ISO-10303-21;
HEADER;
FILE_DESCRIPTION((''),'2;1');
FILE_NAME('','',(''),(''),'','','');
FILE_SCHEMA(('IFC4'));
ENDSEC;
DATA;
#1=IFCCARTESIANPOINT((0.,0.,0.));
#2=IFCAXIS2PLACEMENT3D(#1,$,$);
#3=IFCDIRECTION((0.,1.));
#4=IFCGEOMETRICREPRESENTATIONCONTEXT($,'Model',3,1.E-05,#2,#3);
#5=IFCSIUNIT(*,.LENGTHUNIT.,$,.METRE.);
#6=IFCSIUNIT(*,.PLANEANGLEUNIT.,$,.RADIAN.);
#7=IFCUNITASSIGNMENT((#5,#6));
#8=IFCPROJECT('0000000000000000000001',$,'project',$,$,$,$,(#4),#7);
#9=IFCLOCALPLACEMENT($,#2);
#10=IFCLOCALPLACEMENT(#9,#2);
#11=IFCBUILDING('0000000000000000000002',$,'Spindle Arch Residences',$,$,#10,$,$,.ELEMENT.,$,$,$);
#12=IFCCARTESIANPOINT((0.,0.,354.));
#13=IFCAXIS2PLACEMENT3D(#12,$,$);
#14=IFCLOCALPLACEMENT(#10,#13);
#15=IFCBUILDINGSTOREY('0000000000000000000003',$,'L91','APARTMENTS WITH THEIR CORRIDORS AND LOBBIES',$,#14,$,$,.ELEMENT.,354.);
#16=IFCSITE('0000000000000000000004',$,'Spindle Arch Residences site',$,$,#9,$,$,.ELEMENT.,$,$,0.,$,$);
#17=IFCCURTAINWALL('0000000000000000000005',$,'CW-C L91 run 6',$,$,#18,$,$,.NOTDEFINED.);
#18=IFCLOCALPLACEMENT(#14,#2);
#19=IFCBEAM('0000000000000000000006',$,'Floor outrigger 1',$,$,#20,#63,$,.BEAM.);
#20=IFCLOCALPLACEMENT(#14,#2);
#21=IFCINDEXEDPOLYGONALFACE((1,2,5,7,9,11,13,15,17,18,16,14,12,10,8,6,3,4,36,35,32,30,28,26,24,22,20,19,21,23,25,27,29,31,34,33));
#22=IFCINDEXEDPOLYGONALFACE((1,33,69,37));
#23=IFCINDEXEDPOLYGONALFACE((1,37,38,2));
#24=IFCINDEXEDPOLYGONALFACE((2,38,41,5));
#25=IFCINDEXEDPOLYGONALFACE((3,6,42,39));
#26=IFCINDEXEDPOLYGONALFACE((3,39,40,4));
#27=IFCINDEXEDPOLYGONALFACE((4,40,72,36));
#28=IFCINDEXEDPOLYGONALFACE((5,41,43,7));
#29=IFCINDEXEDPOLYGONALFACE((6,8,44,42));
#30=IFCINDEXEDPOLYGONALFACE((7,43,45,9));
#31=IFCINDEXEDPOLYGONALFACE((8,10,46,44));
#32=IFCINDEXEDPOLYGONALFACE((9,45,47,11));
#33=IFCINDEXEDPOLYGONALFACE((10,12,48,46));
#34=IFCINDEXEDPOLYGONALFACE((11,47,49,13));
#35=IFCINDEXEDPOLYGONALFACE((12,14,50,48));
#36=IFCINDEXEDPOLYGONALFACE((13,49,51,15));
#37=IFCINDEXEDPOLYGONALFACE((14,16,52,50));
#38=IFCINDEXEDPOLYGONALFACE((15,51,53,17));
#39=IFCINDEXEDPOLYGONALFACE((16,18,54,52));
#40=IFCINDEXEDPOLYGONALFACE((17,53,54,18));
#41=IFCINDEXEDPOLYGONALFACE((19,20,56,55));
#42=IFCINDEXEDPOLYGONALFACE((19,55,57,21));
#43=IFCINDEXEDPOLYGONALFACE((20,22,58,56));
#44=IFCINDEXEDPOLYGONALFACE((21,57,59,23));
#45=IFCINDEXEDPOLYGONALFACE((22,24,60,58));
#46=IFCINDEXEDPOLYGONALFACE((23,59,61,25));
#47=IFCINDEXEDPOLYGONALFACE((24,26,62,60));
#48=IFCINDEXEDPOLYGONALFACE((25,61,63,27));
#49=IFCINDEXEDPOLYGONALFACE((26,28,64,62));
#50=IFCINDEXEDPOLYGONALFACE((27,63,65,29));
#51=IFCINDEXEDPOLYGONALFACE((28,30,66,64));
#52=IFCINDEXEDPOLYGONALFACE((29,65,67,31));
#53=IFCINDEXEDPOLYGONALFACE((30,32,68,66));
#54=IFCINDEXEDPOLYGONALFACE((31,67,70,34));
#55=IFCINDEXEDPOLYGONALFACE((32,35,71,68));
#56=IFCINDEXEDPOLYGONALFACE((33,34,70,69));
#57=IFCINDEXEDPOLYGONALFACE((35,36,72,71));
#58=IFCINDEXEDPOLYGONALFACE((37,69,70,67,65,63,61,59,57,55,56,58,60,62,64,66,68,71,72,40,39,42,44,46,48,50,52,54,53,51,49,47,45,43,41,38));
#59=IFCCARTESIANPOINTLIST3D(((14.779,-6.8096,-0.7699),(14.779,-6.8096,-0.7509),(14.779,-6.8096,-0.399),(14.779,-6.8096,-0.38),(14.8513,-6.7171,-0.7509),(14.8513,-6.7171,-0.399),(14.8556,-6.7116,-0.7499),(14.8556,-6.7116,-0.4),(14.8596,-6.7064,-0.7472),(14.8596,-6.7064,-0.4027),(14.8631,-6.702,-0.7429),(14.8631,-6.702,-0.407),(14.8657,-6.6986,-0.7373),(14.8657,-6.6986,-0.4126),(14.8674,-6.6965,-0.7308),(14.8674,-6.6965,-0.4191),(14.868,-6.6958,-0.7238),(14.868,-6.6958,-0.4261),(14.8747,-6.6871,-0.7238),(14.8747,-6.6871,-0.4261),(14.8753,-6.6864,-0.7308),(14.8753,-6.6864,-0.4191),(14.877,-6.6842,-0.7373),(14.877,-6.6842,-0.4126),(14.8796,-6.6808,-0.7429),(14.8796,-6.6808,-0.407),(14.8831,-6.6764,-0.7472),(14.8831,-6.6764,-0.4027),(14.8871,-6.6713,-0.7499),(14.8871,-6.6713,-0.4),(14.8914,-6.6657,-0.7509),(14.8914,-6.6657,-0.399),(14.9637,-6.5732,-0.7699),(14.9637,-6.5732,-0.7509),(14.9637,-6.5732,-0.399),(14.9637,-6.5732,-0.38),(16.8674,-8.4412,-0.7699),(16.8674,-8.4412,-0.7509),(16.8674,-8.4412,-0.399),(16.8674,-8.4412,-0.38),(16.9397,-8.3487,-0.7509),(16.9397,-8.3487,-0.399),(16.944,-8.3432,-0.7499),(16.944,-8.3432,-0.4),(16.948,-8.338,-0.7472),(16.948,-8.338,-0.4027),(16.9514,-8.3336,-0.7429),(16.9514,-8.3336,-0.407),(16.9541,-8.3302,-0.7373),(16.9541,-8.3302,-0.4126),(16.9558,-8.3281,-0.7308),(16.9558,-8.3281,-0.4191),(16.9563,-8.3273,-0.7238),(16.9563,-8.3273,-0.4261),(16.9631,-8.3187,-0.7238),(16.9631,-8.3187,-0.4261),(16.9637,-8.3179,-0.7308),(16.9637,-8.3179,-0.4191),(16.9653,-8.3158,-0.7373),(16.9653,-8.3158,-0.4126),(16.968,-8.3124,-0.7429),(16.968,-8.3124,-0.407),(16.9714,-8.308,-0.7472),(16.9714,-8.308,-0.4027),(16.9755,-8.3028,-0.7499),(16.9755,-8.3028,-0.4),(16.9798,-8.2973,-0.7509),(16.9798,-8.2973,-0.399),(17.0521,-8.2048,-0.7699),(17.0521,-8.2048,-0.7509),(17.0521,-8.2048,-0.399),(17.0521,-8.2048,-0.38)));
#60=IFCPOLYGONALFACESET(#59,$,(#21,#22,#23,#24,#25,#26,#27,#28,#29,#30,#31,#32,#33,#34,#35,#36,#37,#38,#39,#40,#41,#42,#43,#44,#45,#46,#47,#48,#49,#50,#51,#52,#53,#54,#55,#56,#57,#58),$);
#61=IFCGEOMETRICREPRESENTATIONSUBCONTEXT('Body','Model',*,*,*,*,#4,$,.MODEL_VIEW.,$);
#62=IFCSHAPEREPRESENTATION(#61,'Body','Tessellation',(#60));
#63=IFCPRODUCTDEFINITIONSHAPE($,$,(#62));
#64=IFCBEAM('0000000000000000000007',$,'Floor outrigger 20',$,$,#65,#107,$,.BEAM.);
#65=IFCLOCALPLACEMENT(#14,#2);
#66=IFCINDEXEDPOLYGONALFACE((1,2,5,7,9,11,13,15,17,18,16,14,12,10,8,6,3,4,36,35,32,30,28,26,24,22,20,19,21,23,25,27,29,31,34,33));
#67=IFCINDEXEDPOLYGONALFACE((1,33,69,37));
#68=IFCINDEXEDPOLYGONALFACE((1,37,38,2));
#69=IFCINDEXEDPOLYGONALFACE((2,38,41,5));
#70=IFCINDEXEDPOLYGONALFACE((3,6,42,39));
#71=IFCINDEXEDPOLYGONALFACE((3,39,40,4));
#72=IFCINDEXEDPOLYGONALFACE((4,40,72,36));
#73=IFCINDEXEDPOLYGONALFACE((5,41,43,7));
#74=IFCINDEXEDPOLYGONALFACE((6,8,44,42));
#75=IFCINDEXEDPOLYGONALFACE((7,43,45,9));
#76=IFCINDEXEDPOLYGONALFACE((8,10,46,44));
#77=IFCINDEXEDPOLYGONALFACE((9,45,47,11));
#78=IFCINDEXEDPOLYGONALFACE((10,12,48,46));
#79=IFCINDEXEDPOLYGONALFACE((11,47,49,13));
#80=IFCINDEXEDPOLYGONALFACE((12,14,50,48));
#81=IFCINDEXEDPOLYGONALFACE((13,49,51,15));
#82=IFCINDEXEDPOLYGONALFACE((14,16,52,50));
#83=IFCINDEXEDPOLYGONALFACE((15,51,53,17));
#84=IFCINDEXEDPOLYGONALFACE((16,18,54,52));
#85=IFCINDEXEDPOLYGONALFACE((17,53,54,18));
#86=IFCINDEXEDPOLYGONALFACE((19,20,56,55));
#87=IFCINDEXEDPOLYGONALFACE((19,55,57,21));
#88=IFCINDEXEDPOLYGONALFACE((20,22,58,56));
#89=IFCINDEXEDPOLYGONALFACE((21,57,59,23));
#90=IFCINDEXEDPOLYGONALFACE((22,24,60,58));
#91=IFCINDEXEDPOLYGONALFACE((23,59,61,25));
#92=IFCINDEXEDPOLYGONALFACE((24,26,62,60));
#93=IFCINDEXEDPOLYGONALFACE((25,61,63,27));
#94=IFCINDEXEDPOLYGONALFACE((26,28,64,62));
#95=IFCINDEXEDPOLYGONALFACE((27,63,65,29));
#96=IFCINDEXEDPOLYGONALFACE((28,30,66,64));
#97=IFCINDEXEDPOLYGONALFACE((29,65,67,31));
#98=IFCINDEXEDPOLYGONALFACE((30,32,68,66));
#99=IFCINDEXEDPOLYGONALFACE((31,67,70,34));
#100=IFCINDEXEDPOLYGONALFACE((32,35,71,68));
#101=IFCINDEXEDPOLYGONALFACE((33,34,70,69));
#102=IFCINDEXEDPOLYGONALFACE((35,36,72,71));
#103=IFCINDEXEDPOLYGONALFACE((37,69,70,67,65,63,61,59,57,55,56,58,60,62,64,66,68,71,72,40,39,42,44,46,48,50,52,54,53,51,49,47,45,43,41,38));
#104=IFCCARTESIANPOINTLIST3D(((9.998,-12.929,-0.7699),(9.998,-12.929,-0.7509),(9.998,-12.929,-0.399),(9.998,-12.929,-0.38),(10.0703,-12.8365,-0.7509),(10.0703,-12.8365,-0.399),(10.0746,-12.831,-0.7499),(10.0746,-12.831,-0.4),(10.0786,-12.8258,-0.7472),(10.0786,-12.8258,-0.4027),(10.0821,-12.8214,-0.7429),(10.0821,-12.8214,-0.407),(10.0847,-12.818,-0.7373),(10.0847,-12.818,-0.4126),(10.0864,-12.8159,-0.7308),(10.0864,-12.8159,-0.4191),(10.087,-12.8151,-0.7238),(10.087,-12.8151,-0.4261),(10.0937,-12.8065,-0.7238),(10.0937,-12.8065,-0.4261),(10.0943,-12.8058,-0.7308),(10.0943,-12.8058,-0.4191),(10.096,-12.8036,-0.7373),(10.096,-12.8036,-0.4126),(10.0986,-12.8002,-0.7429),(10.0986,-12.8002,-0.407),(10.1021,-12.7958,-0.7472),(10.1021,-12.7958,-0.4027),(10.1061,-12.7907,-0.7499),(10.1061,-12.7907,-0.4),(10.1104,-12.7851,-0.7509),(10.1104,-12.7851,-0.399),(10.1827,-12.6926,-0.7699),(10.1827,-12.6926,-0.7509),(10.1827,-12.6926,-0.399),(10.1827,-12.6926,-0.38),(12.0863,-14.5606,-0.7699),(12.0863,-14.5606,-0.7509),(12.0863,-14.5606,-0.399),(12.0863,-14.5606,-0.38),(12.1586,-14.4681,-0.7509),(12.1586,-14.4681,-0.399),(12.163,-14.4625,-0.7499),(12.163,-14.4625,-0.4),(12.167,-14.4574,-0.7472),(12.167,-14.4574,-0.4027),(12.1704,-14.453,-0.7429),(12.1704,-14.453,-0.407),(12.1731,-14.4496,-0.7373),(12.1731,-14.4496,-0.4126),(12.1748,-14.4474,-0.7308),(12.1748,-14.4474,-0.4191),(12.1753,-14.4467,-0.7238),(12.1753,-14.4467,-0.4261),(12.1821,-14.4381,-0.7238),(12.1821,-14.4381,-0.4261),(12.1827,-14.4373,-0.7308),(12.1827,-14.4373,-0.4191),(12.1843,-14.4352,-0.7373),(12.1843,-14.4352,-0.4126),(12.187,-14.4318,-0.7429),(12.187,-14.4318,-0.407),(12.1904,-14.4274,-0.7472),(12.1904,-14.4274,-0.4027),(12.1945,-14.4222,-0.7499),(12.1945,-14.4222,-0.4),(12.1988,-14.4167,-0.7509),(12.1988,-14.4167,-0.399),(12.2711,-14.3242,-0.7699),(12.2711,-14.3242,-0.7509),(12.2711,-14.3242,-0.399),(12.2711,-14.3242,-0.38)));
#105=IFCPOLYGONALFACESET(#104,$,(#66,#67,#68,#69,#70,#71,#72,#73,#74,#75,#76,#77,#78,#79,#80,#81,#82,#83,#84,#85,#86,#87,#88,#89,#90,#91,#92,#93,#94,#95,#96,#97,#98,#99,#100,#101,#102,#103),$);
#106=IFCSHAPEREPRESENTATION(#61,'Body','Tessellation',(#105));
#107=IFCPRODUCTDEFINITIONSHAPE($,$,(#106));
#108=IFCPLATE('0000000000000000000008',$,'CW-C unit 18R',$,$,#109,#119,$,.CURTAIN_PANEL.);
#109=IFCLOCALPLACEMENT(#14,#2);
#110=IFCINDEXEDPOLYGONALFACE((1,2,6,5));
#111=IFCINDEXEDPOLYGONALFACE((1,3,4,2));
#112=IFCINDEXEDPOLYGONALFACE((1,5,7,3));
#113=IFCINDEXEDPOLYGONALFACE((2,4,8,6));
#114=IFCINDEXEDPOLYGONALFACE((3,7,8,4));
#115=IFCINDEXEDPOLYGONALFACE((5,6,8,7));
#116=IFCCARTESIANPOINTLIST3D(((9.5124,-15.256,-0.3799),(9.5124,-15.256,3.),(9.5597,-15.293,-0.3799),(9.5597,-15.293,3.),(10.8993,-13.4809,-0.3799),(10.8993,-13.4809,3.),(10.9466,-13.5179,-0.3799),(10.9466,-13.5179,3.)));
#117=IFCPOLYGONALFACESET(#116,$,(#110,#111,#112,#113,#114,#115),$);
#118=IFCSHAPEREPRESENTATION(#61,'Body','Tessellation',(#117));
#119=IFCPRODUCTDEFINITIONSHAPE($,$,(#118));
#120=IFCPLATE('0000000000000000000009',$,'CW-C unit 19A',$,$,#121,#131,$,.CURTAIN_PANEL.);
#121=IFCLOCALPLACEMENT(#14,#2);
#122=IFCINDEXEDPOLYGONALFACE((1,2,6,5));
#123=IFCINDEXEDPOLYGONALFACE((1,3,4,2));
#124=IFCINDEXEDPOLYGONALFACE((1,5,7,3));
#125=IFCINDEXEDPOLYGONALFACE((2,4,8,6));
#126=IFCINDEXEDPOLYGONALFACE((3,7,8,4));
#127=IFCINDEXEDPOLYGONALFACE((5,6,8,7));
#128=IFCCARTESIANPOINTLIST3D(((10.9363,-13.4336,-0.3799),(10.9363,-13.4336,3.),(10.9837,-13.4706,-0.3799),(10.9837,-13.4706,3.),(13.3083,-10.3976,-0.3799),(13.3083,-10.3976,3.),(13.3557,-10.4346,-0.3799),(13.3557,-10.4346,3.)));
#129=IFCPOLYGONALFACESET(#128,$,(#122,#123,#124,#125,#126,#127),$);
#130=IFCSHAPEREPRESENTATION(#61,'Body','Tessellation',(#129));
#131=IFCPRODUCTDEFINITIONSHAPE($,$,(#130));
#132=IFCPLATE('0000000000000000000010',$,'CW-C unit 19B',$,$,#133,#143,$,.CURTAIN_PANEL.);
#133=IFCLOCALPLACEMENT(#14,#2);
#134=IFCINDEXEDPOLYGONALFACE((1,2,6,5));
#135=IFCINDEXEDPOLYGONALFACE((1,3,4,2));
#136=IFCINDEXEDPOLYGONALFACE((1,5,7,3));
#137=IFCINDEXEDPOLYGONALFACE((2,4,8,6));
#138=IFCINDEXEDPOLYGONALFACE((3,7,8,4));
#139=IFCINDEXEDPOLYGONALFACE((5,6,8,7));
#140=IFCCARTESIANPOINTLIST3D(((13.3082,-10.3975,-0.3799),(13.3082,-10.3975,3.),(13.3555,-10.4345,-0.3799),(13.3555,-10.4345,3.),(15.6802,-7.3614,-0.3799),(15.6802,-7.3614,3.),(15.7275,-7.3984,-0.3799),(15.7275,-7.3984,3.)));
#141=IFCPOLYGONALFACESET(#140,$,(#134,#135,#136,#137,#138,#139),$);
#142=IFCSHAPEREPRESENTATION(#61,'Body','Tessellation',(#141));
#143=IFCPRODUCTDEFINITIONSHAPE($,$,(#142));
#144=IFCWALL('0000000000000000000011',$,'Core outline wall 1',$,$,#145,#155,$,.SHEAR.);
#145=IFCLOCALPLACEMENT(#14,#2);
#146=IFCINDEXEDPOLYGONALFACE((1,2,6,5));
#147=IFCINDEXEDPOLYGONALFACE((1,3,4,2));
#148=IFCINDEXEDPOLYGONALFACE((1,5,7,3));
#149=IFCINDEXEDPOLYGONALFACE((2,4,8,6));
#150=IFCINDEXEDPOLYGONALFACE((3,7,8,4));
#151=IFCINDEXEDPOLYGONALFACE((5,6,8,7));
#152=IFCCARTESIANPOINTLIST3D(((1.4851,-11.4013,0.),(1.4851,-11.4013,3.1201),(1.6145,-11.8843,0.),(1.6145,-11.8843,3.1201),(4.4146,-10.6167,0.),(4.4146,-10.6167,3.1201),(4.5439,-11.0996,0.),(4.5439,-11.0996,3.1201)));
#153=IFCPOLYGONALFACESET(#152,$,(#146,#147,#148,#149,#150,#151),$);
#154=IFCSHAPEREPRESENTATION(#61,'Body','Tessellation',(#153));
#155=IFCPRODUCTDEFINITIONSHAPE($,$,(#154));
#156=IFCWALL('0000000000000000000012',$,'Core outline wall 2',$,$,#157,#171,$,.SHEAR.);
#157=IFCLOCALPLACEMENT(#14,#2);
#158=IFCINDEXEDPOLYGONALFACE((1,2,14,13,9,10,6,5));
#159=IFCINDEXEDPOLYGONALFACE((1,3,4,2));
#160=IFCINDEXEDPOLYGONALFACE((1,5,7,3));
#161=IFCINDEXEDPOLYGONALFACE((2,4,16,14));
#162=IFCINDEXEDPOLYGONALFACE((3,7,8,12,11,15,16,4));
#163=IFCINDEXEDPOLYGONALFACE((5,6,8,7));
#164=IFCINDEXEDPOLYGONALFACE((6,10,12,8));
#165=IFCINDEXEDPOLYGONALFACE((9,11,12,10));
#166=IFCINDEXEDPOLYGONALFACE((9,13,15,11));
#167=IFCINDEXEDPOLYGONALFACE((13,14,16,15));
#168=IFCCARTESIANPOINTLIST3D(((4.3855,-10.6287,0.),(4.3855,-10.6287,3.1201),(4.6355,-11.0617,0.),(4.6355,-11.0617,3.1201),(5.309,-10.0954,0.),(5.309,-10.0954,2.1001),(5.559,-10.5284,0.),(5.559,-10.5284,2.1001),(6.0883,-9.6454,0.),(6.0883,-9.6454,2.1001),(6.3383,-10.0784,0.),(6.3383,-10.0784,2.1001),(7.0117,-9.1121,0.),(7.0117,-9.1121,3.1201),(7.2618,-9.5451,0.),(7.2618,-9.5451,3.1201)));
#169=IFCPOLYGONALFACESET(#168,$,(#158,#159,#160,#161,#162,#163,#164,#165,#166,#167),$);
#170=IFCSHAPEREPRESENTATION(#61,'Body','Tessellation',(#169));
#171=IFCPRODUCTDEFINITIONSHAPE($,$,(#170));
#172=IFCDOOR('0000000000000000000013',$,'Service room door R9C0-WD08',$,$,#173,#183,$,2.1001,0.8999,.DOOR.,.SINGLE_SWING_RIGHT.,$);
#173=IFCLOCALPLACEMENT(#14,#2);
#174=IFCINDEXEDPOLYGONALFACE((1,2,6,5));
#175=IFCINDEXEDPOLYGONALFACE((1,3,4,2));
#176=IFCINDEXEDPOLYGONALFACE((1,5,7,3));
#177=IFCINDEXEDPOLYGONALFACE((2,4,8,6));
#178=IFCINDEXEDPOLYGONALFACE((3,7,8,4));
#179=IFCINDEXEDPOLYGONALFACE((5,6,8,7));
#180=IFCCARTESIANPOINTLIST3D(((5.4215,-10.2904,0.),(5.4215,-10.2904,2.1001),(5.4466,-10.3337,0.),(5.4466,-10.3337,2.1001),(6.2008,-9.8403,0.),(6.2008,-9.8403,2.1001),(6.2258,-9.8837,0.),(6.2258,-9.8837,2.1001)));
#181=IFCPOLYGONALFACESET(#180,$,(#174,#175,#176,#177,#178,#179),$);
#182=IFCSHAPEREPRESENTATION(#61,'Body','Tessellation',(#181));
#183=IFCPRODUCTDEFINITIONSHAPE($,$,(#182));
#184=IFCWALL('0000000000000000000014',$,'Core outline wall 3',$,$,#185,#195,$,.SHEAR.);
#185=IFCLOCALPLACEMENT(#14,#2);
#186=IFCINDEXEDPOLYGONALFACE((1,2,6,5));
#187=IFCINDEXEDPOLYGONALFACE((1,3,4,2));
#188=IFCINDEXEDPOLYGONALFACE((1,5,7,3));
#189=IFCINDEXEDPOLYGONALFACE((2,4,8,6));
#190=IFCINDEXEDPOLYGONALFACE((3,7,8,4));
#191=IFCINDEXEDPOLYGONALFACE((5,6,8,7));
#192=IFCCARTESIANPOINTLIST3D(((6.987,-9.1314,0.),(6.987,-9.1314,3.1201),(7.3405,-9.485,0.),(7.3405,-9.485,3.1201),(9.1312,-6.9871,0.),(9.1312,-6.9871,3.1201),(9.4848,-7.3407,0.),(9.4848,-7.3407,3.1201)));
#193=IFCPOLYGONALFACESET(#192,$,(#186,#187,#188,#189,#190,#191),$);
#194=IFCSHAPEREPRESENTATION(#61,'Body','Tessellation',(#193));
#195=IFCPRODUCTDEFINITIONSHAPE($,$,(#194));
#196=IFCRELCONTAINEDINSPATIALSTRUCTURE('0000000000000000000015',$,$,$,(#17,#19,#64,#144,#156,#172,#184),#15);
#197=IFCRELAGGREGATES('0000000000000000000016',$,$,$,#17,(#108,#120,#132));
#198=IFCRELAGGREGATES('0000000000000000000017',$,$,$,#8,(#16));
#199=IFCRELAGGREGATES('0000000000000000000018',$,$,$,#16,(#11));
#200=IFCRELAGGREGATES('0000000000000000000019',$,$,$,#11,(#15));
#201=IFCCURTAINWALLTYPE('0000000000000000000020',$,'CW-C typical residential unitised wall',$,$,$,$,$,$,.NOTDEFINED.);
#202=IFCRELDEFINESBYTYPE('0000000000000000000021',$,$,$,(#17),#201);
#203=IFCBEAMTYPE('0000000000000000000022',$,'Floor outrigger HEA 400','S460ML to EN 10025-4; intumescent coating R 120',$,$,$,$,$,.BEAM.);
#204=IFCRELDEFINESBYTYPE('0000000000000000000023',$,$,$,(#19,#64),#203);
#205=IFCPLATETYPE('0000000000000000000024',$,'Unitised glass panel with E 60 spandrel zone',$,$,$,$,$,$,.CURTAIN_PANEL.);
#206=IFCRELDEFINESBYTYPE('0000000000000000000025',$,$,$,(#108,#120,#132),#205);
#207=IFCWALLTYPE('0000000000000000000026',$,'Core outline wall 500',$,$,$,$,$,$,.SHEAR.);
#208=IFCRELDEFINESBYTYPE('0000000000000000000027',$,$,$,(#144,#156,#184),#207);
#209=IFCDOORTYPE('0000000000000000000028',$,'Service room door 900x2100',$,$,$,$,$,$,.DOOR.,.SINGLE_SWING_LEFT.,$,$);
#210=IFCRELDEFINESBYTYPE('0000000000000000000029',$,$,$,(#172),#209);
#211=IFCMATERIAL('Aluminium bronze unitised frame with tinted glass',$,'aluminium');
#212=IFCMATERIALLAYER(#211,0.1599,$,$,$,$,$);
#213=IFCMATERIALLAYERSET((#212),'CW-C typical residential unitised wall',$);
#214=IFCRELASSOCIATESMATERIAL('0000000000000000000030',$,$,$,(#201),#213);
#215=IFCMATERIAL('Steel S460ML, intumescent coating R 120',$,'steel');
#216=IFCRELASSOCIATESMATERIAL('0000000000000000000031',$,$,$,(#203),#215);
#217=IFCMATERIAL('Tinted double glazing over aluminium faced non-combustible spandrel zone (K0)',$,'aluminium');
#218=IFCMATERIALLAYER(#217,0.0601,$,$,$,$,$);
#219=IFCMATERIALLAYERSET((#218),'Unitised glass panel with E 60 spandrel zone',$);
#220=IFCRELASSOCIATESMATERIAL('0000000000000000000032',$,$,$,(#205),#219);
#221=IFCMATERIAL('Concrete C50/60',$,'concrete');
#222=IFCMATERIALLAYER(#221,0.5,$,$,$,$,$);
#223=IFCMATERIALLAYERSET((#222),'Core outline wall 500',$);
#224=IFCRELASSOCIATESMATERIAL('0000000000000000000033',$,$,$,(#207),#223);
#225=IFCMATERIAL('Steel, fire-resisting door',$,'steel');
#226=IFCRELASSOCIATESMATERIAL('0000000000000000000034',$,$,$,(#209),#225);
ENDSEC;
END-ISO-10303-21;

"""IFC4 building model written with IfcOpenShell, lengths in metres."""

from ifc_helpers import new_model, si_unit, direction, frame, frame_2d, origin, origin_2d, place, context, subcontext, project, spatial, rectangle, i_section, extrude, material, layer, layer_set, material_profile, profile_set, type_object, element, fill, aggregate, save


model = new_model("IFC4")

# Units and contexts
model_context = context("Model", 3, precision=1e-05, world=origin(), true_north=direction((0.0, 1.0)))
body_context = subcontext(model_context, "Body", "Model", "MODEL_VIEW")
ifc_project = project(units=[si_unit("LENGTHUNIT", "METRE"), si_unit("PLANEANGLEUNIT", "RADIAN")], contexts=[model_context])

# Site, building, storey
site_placement = place(None, origin())
site = spatial("IfcSite", under=ifc_project, at=site_placement, Name="Spindle Arch Residences site", CompositionType="ELEMENT", RefElevation=0.0)
building_placement = place(site_placement, origin())
building = spatial("IfcBuilding", under=site, at=building_placement, Name="Spindle Arch Residences", CompositionType="ELEMENT")
storey_placement = place(building_placement, frame((0.0, 0.0, 354.0)))
storey = spatial("IfcBuildingStorey", under=building, at=storey_placement, Name="L91", Description="APARTMENTS WITH THEIR CORRIDORS AND LOBBIES", CompositionType="ELEMENT", Elevation=354.0)

# Curtain wall
ifc_material_1 = material(Name="Aluminium bronze unitised frame with tinted glass", Category="aluminium")
ifc_layer_1 = layer(ifc_material_1, 0.1599)
ifc_layer_set_1 = layer_set([ifc_layer_1], Name="CW-C typical residential unitised wall")
curtain_wall_type = type_object("IfcCurtainWallType", Name="CW-C typical residential unitised wall", PredefinedType="NOTDEFINED", material=ifc_layer_set_1)
curtain_wall_placement = place(storey_placement, origin())
curtain_wall = element("IfcCurtainWall", 1, at=curtain_wall_placement, inside=storey, type_object=curtain_wall_type, Name="CW-C L91 run 6", PredefinedType="NOTDEFINED")

# Beams
ifc_material_2 = material(Name="Steel S460ML, intumescent coating R 120", Category="steel")
ifc_material_profile_1 = material_profile(ifc_material_2, i_section(OverallWidth=0.3, OverallDepth=0.3899, WebThickness=0.011, FlangeThickness=0.019, FilletRadius=0.0271, at=origin_2d()), Name="HEA 400")
ifc_profile_set_1 = profile_set([ifc_material_profile_1], Name="Steel S460ML, intumescent coating R 120")
beam_type_1 = type_object("IfcBeamType", Name="Floor outrigger HEA 400", Description="S460ML to EN 10025-4; intumescent coating R 120", PredefinedType="BEAM", material=ifc_profile_set_1)
for number, where, z_axis, x_axis, name in (
    (2, (16.9597, -8.323, -0.575), (-0.788016, 0.615655, 0.0), (-0.615655, -0.788016, 0.0), "Floor outrigger 1"),
    (3, (12.1787, -14.4424, -0.575), (-0.788016, 0.615655, 0.0), (-0.615655, -0.788016, 0.0), "Floor outrigger 20"),
):
    element("IfcBeam", number, at=place(storey_placement, frame(where, z_axis=z_axis, x_axis=x_axis)), inside=storey, type_object=beam_type_1, Name=name, PredefinedType="BEAM", context=body_context, shape_type="SweptSolid", body=[
        extrude(i_section(OverallWidth=0.3, OverallDepth=0.3899, WebThickness=0.011, FlangeThickness=0.019, FilletRadius=0.0271, at=origin_2d()), origin(), (0.0, 0.0, 1.0), 2.6501),
    ])

# Plates
ifc_material_3 = material(Name="Tinted double glazing over aluminium faced non-combustible spandrel zone (K0)", Category="aluminium")
ifc_layer_2 = layer(ifc_material_3, 0.0601)
ifc_layer_set_2 = layer_set([ifc_layer_2], Name="Unitised glass panel with E 60 spandrel zone")
plate_type = type_object("IfcPlateType", Name="Unitised glass panel with E 60 spandrel zone", PredefinedType="CURTAIN_PANEL", material=ifc_layer_set_2)
plate_1_placement = place(storey_placement, frame((10.2295, -14.387, -0.3799), z_axis=(0.0, 0.0, 1.0), x_axis=(0.615661, 0.788011, 0.0)))
plate_1 = element("IfcPlate", 4, at=plate_1_placement, type_object=plate_type, Name="CW-C unit 18R", PredefinedType="CURTAIN_PANEL", context=body_context, shape_type="SweptSolid", body=[
    extrude(rectangle(XDim=2.2527, YDim=0.0601, at=origin_2d()), origin(), (0.0, 0.0, 1.0), 3.3799),
])
plate_2_placement = place(storey_placement, frame((12.146, -11.9341, -0.3799), z_axis=(0.0, 0.0, 1.0), x_axis=(0.615661, 0.788011, 0.0)))
plate_2 = element("IfcPlate", 5, at=plate_2_placement, type_object=plate_type, Name="CW-C unit 19A", PredefinedType="CURTAIN_PANEL", context=body_context, shape_type="SweptSolid", body=[
    extrude(rectangle(XDim=3.8528, YDim=0.0601, at=origin_2d()), origin(), (0.0, 0.0, 1.0), 3.3799),
])
plate_3_placement = place(storey_placement, frame((14.5178, -8.8979, -0.3799), z_axis=(0.0, 0.0, 1.0), x_axis=(0.615661, 0.788011, 0.0)))
plate_3 = element("IfcPlate", 6, at=plate_3_placement, type_object=plate_type, Name="CW-C unit 19B", PredefinedType="CURTAIN_PANEL", context=body_context, shape_type="SweptSolid", body=[
    extrude(rectangle(XDim=3.8528, YDim=0.0601, at=origin_2d()), origin(), (0.0, 0.0, 1.0), 3.3799),
])
aggregate(curtain_wall, [plate_1, plate_2, plate_3])

# Wall
ifc_material_4 = material(Name="Concrete C50/60", Category="concrete")
ifc_layer_3 = layer(ifc_material_4, 0.5)
ifc_layer_set_3 = layer_set([ifc_layer_3], Name="Core outline wall 500")
wall_type_1 = type_object("IfcWallType", Name="Core outline wall 500", PredefinedType="SHEAR", material=ifc_layer_set_3)
wall_1_placement = place(storey_placement, frame((1.5498, -11.6428, 0.0), z_axis=(0.0, 0.0, 1.0), x_axis=(0.965948, 0.258735, 0.0)))
element("IfcWall", 7, at=wall_1_placement, inside=storey, type_object=wall_type_1, Name="Core outline wall 1", PredefinedType="SHEAR", context=body_context, shape_type="SweptSolid", body=[
    extrude(rectangle(XDim=3.0327, YDim=0.5, at=frame_2d((1.5164, 0.0))), origin(), (0.0, 0.0, 1.0), 3.1201),
])

# Wall, opening, door
wall_2_placement = place(storey_placement, frame((4.5105, -10.8452, 0.0), z_axis=(0.0, 0.0, 1.0), x_axis=(0.865975, 0.500087, 0.0)))
wall_2 = element("IfcWall", 8, at=wall_2_placement, inside=storey, type_object=wall_type_1, Name="Core outline wall 2", PredefinedType="SHEAR", context=body_context, shape_type="SweptSolid", body=[
    extrude(rectangle(XDim=3.0327, YDim=0.5, at=frame_2d((1.5164, 0.0))), origin(), (0.0, 0.0, 1.0), 3.1201),
])
opening_1_placement = place(wall_2_placement, frame((1.0664, 0.0, 0.0)))
opening_1 = element("IfcOpeningElement", 9, at=opening_1_placement, cuts=wall_2, PredefinedType="OPENING", context=body_context, shape_type="SweptSolid", body=[
    extrude(rectangle(XDim=0.8999, YDim=2.1001, at=frame_2d((0.45, 1.05))), frame((0.0, 0.26, 0.0), z_axis=(0.0, -1.0, 0.0), x_axis=(1.0, 0.0, 0.0)), (0.0, 0.0, 1.0), 0.52),
])
ifc_material_5 = material(Name="Steel, fire-resisting door", Category="steel")
door_type_1 = type_object("IfcDoorType", Name="Service room door 900x2100", OperationType="SINGLE_SWING_LEFT", PredefinedType="DOOR", material=ifc_material_5)
door_1_placement = place(opening_1_placement, origin())
door_1 = element("IfcDoor", 10, at=door_1_placement, inside=storey, type_object=door_type_1, Name="Service room door R9C0-WD08", OperationType="SINGLE_SWING_RIGHT", OverallHeight=2.1001, OverallWidth=0.8999, PredefinedType="DOOR", context=body_context, shape_type="SweptSolid", body=[
    extrude(rectangle(XDim=0.8999, YDim=2.1001, at=frame_2d((0.45, 1.05))), frame((0.0, 0.0249, 0.0), z_axis=(0.0, -1.0, 0.0), x_axis=(1.0, 0.0, 0.0)), (0.0, 0.0, 1.0), 0.05),
])
fill(opening_1, door_1)

# Wall
wall_3_placement = place(storey_placement, frame((7.1638, -9.3081, 0.0), z_axis=(0.0, 0.0, 1.0), x_axis=(0.707107, 0.707107, 0.0)))
element("IfcWall", 11, at=wall_3_placement, inside=storey, type_object=wall_type_1, Name="Core outline wall 3", PredefinedType="SHEAR", context=body_context, shape_type="SweptSolid", body=[
    extrude(rectangle(XDim=3.0325, YDim=0.5, at=frame_2d((1.5161, 0.0))), origin(), (0.0, 0.0, 1.0), 3.1201),
])

save(model, "model.ifc")
